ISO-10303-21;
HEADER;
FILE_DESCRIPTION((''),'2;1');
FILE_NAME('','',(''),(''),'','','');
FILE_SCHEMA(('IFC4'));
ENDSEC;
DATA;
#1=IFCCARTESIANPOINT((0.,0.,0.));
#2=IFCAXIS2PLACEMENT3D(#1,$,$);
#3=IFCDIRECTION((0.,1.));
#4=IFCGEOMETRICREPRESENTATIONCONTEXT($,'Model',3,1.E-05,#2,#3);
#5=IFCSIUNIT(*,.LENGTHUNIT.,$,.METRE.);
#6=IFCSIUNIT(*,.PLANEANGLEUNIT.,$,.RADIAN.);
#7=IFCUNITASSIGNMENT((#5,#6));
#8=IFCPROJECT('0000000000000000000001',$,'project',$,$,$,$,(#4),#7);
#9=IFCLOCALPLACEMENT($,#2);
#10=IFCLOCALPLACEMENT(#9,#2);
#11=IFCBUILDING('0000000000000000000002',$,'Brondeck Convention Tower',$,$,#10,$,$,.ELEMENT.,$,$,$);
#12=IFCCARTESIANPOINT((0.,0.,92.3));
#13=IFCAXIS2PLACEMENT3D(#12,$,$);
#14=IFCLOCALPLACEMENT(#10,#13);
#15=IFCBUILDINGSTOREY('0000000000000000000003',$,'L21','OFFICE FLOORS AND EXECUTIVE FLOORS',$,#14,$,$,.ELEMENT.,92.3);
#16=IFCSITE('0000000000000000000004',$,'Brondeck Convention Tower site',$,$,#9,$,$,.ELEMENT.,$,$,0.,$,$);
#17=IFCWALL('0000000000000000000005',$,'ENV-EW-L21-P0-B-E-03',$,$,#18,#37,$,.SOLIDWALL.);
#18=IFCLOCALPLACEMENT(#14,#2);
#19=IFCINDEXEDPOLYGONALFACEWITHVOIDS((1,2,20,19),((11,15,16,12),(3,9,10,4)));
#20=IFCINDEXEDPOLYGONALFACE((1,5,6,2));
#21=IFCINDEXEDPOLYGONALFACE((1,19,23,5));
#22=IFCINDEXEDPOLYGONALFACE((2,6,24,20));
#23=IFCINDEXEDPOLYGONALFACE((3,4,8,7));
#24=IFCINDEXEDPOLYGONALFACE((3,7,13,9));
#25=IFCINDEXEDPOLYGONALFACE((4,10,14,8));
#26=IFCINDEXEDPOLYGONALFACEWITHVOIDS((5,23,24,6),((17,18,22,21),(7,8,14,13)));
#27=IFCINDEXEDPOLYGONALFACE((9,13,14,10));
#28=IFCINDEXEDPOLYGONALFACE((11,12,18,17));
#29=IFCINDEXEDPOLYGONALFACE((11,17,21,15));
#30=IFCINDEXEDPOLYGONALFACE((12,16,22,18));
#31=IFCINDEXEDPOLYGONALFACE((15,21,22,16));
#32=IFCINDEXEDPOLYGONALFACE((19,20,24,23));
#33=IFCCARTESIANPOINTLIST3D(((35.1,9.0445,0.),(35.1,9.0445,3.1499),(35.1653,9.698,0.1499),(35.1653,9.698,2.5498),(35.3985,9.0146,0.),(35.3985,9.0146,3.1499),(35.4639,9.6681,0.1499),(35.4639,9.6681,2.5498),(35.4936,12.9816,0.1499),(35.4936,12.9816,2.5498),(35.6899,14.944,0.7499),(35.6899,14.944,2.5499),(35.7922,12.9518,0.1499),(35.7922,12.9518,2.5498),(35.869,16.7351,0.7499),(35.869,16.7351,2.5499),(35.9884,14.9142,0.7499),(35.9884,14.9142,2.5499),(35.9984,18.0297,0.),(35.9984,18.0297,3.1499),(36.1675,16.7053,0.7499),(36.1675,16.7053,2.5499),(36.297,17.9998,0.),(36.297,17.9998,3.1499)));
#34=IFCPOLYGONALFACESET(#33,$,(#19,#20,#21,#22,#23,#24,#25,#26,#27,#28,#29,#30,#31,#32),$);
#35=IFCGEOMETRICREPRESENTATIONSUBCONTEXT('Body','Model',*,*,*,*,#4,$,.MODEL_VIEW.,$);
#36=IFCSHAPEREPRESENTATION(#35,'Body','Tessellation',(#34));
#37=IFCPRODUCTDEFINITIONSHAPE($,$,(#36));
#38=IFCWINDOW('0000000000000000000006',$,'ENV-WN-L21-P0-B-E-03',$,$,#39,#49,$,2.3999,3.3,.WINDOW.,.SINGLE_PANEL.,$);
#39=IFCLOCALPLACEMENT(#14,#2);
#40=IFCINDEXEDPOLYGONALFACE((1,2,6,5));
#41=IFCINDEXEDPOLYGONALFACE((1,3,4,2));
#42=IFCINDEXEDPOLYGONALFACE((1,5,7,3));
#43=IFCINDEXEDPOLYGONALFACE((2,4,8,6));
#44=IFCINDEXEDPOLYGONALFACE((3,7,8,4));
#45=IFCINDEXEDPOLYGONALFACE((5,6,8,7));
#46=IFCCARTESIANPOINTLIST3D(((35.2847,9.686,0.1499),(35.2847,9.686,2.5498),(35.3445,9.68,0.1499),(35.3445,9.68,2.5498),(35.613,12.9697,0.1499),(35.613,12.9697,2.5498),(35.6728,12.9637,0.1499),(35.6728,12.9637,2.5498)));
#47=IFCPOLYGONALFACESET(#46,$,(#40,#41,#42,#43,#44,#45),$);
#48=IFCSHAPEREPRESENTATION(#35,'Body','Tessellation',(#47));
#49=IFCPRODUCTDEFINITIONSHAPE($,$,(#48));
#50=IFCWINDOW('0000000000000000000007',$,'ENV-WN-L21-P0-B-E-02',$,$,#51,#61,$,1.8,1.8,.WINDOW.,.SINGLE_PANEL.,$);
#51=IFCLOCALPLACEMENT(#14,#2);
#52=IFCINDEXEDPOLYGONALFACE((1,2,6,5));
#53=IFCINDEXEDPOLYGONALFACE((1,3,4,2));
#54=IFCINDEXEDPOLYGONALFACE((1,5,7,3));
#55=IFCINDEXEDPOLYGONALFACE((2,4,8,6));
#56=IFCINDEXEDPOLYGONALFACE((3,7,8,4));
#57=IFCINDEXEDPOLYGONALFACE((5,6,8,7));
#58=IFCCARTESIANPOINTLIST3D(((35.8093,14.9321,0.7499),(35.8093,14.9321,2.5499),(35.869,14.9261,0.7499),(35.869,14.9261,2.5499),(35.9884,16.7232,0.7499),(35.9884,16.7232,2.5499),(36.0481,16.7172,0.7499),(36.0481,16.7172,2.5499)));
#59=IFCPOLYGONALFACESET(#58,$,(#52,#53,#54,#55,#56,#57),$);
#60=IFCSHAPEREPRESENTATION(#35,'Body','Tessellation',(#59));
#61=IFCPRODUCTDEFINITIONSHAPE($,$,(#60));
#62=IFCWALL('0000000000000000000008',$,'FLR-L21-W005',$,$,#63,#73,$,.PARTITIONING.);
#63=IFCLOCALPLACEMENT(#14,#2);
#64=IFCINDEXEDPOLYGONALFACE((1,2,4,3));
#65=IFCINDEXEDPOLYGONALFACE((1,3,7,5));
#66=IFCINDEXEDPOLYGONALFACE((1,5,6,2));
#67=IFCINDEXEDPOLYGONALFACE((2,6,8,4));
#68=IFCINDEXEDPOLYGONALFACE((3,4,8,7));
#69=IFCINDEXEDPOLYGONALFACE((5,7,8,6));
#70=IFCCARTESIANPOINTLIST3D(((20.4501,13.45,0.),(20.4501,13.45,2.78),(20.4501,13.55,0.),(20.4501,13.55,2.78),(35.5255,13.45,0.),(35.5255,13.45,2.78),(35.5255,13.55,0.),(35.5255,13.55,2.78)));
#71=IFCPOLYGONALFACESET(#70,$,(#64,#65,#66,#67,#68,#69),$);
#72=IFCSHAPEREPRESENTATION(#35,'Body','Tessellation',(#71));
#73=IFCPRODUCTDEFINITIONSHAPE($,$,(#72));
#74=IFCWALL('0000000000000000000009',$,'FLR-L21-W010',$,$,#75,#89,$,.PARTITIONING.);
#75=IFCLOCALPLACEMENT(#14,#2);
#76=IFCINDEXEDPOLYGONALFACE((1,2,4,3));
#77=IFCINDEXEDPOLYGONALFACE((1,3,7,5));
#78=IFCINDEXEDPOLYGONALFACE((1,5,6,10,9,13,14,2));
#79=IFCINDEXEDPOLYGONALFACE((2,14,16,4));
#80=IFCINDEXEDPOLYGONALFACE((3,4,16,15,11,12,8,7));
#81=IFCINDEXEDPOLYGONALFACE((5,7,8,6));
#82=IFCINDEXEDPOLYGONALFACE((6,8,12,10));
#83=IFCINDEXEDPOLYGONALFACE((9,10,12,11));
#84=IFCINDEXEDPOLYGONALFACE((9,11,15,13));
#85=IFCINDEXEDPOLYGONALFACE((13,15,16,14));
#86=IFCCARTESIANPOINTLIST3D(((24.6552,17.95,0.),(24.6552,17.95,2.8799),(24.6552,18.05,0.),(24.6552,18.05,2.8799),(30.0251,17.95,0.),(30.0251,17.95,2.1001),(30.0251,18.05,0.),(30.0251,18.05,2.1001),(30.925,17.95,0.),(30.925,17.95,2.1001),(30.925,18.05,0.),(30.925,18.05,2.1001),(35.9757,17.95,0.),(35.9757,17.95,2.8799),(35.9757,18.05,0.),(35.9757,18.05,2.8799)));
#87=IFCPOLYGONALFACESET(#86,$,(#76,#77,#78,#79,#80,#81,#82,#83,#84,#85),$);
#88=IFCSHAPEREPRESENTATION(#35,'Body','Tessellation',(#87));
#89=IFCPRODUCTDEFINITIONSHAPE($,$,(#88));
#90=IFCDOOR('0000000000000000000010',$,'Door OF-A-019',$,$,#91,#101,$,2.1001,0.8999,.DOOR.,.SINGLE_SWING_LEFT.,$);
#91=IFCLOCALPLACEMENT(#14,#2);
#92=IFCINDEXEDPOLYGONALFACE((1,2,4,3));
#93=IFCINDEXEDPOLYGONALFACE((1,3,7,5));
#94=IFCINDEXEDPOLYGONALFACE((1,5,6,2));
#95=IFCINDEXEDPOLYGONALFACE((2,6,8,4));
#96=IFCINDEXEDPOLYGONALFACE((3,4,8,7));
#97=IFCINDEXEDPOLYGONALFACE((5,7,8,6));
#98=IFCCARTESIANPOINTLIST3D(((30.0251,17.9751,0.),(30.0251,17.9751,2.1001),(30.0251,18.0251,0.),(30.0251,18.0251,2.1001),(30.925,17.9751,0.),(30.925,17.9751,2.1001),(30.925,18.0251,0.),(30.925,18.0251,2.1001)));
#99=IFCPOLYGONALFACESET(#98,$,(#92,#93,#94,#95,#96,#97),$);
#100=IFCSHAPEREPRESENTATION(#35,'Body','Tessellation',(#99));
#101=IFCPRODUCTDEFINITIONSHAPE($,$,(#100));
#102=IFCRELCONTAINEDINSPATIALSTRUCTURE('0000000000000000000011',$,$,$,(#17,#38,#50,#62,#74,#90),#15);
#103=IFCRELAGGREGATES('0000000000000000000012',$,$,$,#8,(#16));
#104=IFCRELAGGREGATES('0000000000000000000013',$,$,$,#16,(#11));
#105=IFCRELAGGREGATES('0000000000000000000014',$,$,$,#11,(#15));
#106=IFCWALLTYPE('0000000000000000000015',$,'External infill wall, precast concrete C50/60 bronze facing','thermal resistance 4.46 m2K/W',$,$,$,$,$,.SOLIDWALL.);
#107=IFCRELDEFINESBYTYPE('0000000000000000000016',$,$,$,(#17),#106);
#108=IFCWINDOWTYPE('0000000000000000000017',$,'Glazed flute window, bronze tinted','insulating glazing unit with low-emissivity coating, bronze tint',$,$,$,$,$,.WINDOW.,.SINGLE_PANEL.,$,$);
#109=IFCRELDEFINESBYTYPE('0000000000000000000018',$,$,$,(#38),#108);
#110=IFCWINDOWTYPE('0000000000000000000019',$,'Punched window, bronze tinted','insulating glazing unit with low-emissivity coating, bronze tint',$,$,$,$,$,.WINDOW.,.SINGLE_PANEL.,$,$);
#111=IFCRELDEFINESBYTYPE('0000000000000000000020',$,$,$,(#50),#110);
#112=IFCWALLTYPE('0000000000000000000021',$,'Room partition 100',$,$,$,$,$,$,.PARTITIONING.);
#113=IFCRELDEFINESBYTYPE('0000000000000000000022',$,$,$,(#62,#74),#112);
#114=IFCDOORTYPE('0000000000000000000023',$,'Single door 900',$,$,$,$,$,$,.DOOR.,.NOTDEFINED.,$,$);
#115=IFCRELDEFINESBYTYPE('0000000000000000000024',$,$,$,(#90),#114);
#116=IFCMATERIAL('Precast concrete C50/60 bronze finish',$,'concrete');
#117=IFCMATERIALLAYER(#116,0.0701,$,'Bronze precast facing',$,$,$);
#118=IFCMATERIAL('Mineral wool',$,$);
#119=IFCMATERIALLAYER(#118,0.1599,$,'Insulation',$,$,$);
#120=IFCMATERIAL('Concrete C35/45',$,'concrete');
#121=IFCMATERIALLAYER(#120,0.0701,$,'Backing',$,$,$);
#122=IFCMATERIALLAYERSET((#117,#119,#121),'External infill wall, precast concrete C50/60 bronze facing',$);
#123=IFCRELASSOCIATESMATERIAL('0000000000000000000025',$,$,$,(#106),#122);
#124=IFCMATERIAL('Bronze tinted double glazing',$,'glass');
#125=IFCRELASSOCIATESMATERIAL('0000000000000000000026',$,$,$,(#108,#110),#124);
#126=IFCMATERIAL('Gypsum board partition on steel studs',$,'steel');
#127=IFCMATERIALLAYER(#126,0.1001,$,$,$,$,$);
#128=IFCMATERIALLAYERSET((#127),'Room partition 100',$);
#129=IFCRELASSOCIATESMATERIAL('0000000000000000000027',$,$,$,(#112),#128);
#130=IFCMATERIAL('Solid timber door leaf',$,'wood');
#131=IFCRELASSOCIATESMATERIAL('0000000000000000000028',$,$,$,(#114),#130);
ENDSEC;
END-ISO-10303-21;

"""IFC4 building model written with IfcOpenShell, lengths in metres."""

from ifc_helpers import new_model, si_unit, direction, frame, frame_2d, origin, place, context, subcontext, project, spatial, rectangle, extrude, material, layer, layer_set, type_object, element, fill, save


model = new_model("IFC4")

# Units and contexts
model_context = context("Model", 3, precision=1e-05, world=origin(), true_north=direction((0.0, 1.0)))
body_context = subcontext(model_context, "Body", "Model", "MODEL_VIEW")
ifc_project = project(units=[si_unit("LENGTHUNIT", "METRE"), si_unit("PLANEANGLEUNIT", "RADIAN")], contexts=[model_context])

# Site, building, storey
site_placement = place(None, origin())
site = spatial("IfcSite", under=ifc_project, at=site_placement, Name="Brondeck Convention Tower site", CompositionType="ELEMENT", RefElevation=0.0)
building_placement = place(site_placement, origin())
building = spatial("IfcBuilding", under=site, at=building_placement, Name="Brondeck Convention Tower", CompositionType="ELEMENT")
storey_placement = place(building_placement, frame((0.0, 0.0, 92.3)))
storey = spatial("IfcBuildingStorey", under=building, at=storey_placement, Name="L21", Description="OFFICE FLOORS AND EXECUTIVE FLOORS", CompositionType="ELEMENT", Elevation=92.3)

# Shared definitions
ifc_material_1 = material(Name="Precast concrete C50/60 bronze finish", Category="concrete")
ifc_layer_1 = layer(ifc_material_1, 0.0701, Name="Bronze precast facing")
ifc_material_2 = material(Name="Mineral wool")
ifc_layer_2 = layer(ifc_material_2, 0.1599, Name="Insulation")
ifc_material_3 = material(Name="Concrete C35/45", Category="concrete")
ifc_layer_3 = layer(ifc_material_3, 0.0701, Name="Backing")
ifc_layer_set_1 = layer_set([ifc_layer_1, ifc_layer_2, ifc_layer_3], Name="External infill wall, precast concrete C50/60 bronze facing")
wall_type_1 = type_object("IfcWallType", Name="External infill wall, precast concrete C50/60 bronze facing", Description="thermal resistance 4.46 m2K/W", PredefinedType="SOLIDWALL", material=ifc_layer_set_1)
ifc_material_4 = material(Name="Bronze tinted double glazing", Category="glass")
window_type_1 = type_object("IfcWindowType", Name="Glazed flute window, bronze tinted", Description="insulating glazing unit with low-emissivity coating, bronze tint", PartitioningType="SINGLE_PANEL", PredefinedType="WINDOW", material=ifc_material_4)

# Wall, openings, windows
wall_1_placement = place(storey_placement, frame((36.1477, 18.0149, 0.0), z_axis=(0.0, 0.0, 1.0), x_axis=(-0.099496, -0.995038, 0.0)))
wall_1 = element("IfcWall", 1, at=wall_1_placement, inside=storey, type_object=wall_type_1, Name="ENV-EW-L21-P0-B-E-03", PredefinedType="SOLIDWALL", context=body_context, shape_type="SweptSolid", body=[
    extrude(rectangle(XDim=9.03, YDim=0.3, at=frame_2d((4.5151, 0.0))), origin(), (0.0, 0.0, 1.0), 3.1499),
])
opening_1_placement = place(wall_1_placement, frame((1.3013, 0.0, 0.75)))
opening_1 = element("IfcOpeningElement", 2, at=opening_1_placement, cuts=wall_1, PredefinedType="OPENING", context=body_context, shape_type="SweptSolid", body=[
    extrude(rectangle(XDim=1.8, YDim=1.8, at=frame_2d((0.8999, 0.8999))), frame((0.0, 0.1599, 0.0), z_axis=(0.0, -1.0, 0.0), x_axis=(1.0, 0.0, 0.0)), (0.0, 0.0, 1.0), 0.3201),
])
opening_2_placement = place(wall_1_placement, frame((5.0735, 0.0, 0.1499)))
opening_2 = element("IfcOpeningElement", 3, at=opening_2_placement, cuts=wall_1, PredefinedType="OPENING", context=body_context, shape_type="SweptSolid", body=[
    extrude(rectangle(XDim=3.3, YDim=2.3999, at=frame_2d((1.6499, 1.2))), frame((0.0, 0.1599, 0.0), z_axis=(0.0, -1.0, 0.0), x_axis=(1.0, 0.0, 0.0)), (0.0, 0.0, 1.0), 0.3201),
])
window_1_placement = place(opening_2_placement, origin())
window_1 = element("IfcWindow", 4, at=window_1_placement, inside=storey, type_object=window_type_1, Name="ENV-WN-L21-P0-B-E-03", OverallHeight=2.3999, OverallWidth=3.3, PartitioningType="SINGLE_PANEL", PredefinedType="WINDOW", context=body_context, shape_type="SweptSolid", body=[
    extrude(rectangle(XDim=3.3, YDim=2.3999, at=frame_2d((1.6499, 1.2))), frame((0.0, 0.03, 0.0), z_axis=(0.0, -1.0, 0.0), x_axis=(1.0, 0.0, 0.0)), (0.0, 0.0, 1.0), 0.0601),
])
fill(opening_2, window_1)
window_type_2 = type_object("IfcWindowType", Name="Punched window, bronze tinted", Description="insulating glazing unit with low-emissivity coating, bronze tint", PartitioningType="SINGLE_PANEL", PredefinedType="WINDOW", material=ifc_material_4)
window_2_placement = place(opening_1_placement, origin())
window_2 = element("IfcWindow", 5, at=window_2_placement, inside=storey, type_object=window_type_2, Name="ENV-WN-L21-P0-B-E-02", OverallHeight=1.8, OverallWidth=1.8, PartitioningType="SINGLE_PANEL", PredefinedType="WINDOW", context=body_context, shape_type="SweptSolid", body=[
    extrude(rectangle(XDim=1.8, YDim=1.8, at=frame_2d((0.8999, 0.8999))), frame((0.0, 0.03, 0.0), z_axis=(0.0, -1.0, 0.0), x_axis=(1.0, 0.0, 0.0)), (0.0, 0.0, 1.0), 0.0601),
])
fill(opening_1, window_2)

# Wall
ifc_material_5 = material(Name="Gypsum board partition on steel studs", Category="steel")
ifc_layer_4 = layer(ifc_material_5, 0.1001)
ifc_layer_set_2 = layer_set([ifc_layer_4], Name="Room partition 100")
wall_type_2 = type_object("IfcWallType", Name="Room partition 100", PredefinedType="PARTITIONING", material=ifc_layer_set_2)
wall_2_placement = place(storey_placement, frame((35.5254, 13.5, 0.0), z_axis=(0.0, 0.0, 1.0), x_axis=(-1.0, 0.0, 0.0)))
element("IfcWall", 6, at=wall_2_placement, inside=storey, type_object=wall_type_2, Name="FLR-L21-W005", PredefinedType="PARTITIONING", context=body_context, shape_type="SweptSolid", body=[
    extrude(rectangle(XDim=15.0754, YDim=0.1001, at=frame_2d((7.5376, 0.0))), origin(), (0.0, 0.0, 1.0), 2.78),
])

# Wall, opening, door
wall_3_placement = place(storey_placement, frame((35.9756, 18.0, 0.0), z_axis=(0.0, 0.0, 1.0), x_axis=(-1.0, 0.0, 0.0)))
wall_3 = element("IfcWall", 7, at=wall_3_placement, inside=storey, type_object=wall_type_2, Name="FLR-L21-W010", PredefinedType="PARTITIONING", context=body_context, shape_type="SweptSolid", body=[
    extrude(rectangle(XDim=11.3206, YDim=0.1001, at=frame_2d((5.6602, 0.0))), origin(), (0.0, 0.0, 1.0), 2.8799),
])
opening_3_placement = place(wall_3_placement, frame((5.0505, 0.0, 0.0)))
opening_3 = element("IfcOpeningElement", 8, at=opening_3_placement, cuts=wall_3, PredefinedType="OPENING", context=body_context, shape_type="SweptSolid", body=[
    extrude(rectangle(XDim=0.8999, YDim=2.1001, at=frame_2d((0.45, 1.05))), frame((0.0, 0.0601, 0.0), z_axis=(0.0, -1.0, 0.0), x_axis=(1.0, 0.0, 0.0)), (0.0, 0.0, 1.0), 0.1201),
])
ifc_material_6 = material(Name="Solid timber door leaf", Category="wood")
door_type = type_object("IfcDoorType", Name="Single door 900", OperationType="NOTDEFINED", PredefinedType="DOOR", material=ifc_material_6)
door_placement = place(opening_3_placement, origin())
door = element("IfcDoor", 9, at=door_placement, inside=storey, type_object=door_type, Name="Door OF-A-019", OperationType="SINGLE_SWING_LEFT", OverallHeight=2.1001, OverallWidth=0.8999, PredefinedType="DOOR", context=body_context, shape_type="SweptSolid", body=[
    extrude(rectangle(XDim=0.8999, YDim=2.1001, at=frame_2d((0.45, 1.05))), frame((0.0, 0.0249, 0.0), z_axis=(0.0, -1.0, 0.0), x_axis=(1.0, 0.0, 0.0)), (0.0, 0.0, 1.0), 0.05),
])
fill(opening_3, door)

save(model, "model.ifc")
